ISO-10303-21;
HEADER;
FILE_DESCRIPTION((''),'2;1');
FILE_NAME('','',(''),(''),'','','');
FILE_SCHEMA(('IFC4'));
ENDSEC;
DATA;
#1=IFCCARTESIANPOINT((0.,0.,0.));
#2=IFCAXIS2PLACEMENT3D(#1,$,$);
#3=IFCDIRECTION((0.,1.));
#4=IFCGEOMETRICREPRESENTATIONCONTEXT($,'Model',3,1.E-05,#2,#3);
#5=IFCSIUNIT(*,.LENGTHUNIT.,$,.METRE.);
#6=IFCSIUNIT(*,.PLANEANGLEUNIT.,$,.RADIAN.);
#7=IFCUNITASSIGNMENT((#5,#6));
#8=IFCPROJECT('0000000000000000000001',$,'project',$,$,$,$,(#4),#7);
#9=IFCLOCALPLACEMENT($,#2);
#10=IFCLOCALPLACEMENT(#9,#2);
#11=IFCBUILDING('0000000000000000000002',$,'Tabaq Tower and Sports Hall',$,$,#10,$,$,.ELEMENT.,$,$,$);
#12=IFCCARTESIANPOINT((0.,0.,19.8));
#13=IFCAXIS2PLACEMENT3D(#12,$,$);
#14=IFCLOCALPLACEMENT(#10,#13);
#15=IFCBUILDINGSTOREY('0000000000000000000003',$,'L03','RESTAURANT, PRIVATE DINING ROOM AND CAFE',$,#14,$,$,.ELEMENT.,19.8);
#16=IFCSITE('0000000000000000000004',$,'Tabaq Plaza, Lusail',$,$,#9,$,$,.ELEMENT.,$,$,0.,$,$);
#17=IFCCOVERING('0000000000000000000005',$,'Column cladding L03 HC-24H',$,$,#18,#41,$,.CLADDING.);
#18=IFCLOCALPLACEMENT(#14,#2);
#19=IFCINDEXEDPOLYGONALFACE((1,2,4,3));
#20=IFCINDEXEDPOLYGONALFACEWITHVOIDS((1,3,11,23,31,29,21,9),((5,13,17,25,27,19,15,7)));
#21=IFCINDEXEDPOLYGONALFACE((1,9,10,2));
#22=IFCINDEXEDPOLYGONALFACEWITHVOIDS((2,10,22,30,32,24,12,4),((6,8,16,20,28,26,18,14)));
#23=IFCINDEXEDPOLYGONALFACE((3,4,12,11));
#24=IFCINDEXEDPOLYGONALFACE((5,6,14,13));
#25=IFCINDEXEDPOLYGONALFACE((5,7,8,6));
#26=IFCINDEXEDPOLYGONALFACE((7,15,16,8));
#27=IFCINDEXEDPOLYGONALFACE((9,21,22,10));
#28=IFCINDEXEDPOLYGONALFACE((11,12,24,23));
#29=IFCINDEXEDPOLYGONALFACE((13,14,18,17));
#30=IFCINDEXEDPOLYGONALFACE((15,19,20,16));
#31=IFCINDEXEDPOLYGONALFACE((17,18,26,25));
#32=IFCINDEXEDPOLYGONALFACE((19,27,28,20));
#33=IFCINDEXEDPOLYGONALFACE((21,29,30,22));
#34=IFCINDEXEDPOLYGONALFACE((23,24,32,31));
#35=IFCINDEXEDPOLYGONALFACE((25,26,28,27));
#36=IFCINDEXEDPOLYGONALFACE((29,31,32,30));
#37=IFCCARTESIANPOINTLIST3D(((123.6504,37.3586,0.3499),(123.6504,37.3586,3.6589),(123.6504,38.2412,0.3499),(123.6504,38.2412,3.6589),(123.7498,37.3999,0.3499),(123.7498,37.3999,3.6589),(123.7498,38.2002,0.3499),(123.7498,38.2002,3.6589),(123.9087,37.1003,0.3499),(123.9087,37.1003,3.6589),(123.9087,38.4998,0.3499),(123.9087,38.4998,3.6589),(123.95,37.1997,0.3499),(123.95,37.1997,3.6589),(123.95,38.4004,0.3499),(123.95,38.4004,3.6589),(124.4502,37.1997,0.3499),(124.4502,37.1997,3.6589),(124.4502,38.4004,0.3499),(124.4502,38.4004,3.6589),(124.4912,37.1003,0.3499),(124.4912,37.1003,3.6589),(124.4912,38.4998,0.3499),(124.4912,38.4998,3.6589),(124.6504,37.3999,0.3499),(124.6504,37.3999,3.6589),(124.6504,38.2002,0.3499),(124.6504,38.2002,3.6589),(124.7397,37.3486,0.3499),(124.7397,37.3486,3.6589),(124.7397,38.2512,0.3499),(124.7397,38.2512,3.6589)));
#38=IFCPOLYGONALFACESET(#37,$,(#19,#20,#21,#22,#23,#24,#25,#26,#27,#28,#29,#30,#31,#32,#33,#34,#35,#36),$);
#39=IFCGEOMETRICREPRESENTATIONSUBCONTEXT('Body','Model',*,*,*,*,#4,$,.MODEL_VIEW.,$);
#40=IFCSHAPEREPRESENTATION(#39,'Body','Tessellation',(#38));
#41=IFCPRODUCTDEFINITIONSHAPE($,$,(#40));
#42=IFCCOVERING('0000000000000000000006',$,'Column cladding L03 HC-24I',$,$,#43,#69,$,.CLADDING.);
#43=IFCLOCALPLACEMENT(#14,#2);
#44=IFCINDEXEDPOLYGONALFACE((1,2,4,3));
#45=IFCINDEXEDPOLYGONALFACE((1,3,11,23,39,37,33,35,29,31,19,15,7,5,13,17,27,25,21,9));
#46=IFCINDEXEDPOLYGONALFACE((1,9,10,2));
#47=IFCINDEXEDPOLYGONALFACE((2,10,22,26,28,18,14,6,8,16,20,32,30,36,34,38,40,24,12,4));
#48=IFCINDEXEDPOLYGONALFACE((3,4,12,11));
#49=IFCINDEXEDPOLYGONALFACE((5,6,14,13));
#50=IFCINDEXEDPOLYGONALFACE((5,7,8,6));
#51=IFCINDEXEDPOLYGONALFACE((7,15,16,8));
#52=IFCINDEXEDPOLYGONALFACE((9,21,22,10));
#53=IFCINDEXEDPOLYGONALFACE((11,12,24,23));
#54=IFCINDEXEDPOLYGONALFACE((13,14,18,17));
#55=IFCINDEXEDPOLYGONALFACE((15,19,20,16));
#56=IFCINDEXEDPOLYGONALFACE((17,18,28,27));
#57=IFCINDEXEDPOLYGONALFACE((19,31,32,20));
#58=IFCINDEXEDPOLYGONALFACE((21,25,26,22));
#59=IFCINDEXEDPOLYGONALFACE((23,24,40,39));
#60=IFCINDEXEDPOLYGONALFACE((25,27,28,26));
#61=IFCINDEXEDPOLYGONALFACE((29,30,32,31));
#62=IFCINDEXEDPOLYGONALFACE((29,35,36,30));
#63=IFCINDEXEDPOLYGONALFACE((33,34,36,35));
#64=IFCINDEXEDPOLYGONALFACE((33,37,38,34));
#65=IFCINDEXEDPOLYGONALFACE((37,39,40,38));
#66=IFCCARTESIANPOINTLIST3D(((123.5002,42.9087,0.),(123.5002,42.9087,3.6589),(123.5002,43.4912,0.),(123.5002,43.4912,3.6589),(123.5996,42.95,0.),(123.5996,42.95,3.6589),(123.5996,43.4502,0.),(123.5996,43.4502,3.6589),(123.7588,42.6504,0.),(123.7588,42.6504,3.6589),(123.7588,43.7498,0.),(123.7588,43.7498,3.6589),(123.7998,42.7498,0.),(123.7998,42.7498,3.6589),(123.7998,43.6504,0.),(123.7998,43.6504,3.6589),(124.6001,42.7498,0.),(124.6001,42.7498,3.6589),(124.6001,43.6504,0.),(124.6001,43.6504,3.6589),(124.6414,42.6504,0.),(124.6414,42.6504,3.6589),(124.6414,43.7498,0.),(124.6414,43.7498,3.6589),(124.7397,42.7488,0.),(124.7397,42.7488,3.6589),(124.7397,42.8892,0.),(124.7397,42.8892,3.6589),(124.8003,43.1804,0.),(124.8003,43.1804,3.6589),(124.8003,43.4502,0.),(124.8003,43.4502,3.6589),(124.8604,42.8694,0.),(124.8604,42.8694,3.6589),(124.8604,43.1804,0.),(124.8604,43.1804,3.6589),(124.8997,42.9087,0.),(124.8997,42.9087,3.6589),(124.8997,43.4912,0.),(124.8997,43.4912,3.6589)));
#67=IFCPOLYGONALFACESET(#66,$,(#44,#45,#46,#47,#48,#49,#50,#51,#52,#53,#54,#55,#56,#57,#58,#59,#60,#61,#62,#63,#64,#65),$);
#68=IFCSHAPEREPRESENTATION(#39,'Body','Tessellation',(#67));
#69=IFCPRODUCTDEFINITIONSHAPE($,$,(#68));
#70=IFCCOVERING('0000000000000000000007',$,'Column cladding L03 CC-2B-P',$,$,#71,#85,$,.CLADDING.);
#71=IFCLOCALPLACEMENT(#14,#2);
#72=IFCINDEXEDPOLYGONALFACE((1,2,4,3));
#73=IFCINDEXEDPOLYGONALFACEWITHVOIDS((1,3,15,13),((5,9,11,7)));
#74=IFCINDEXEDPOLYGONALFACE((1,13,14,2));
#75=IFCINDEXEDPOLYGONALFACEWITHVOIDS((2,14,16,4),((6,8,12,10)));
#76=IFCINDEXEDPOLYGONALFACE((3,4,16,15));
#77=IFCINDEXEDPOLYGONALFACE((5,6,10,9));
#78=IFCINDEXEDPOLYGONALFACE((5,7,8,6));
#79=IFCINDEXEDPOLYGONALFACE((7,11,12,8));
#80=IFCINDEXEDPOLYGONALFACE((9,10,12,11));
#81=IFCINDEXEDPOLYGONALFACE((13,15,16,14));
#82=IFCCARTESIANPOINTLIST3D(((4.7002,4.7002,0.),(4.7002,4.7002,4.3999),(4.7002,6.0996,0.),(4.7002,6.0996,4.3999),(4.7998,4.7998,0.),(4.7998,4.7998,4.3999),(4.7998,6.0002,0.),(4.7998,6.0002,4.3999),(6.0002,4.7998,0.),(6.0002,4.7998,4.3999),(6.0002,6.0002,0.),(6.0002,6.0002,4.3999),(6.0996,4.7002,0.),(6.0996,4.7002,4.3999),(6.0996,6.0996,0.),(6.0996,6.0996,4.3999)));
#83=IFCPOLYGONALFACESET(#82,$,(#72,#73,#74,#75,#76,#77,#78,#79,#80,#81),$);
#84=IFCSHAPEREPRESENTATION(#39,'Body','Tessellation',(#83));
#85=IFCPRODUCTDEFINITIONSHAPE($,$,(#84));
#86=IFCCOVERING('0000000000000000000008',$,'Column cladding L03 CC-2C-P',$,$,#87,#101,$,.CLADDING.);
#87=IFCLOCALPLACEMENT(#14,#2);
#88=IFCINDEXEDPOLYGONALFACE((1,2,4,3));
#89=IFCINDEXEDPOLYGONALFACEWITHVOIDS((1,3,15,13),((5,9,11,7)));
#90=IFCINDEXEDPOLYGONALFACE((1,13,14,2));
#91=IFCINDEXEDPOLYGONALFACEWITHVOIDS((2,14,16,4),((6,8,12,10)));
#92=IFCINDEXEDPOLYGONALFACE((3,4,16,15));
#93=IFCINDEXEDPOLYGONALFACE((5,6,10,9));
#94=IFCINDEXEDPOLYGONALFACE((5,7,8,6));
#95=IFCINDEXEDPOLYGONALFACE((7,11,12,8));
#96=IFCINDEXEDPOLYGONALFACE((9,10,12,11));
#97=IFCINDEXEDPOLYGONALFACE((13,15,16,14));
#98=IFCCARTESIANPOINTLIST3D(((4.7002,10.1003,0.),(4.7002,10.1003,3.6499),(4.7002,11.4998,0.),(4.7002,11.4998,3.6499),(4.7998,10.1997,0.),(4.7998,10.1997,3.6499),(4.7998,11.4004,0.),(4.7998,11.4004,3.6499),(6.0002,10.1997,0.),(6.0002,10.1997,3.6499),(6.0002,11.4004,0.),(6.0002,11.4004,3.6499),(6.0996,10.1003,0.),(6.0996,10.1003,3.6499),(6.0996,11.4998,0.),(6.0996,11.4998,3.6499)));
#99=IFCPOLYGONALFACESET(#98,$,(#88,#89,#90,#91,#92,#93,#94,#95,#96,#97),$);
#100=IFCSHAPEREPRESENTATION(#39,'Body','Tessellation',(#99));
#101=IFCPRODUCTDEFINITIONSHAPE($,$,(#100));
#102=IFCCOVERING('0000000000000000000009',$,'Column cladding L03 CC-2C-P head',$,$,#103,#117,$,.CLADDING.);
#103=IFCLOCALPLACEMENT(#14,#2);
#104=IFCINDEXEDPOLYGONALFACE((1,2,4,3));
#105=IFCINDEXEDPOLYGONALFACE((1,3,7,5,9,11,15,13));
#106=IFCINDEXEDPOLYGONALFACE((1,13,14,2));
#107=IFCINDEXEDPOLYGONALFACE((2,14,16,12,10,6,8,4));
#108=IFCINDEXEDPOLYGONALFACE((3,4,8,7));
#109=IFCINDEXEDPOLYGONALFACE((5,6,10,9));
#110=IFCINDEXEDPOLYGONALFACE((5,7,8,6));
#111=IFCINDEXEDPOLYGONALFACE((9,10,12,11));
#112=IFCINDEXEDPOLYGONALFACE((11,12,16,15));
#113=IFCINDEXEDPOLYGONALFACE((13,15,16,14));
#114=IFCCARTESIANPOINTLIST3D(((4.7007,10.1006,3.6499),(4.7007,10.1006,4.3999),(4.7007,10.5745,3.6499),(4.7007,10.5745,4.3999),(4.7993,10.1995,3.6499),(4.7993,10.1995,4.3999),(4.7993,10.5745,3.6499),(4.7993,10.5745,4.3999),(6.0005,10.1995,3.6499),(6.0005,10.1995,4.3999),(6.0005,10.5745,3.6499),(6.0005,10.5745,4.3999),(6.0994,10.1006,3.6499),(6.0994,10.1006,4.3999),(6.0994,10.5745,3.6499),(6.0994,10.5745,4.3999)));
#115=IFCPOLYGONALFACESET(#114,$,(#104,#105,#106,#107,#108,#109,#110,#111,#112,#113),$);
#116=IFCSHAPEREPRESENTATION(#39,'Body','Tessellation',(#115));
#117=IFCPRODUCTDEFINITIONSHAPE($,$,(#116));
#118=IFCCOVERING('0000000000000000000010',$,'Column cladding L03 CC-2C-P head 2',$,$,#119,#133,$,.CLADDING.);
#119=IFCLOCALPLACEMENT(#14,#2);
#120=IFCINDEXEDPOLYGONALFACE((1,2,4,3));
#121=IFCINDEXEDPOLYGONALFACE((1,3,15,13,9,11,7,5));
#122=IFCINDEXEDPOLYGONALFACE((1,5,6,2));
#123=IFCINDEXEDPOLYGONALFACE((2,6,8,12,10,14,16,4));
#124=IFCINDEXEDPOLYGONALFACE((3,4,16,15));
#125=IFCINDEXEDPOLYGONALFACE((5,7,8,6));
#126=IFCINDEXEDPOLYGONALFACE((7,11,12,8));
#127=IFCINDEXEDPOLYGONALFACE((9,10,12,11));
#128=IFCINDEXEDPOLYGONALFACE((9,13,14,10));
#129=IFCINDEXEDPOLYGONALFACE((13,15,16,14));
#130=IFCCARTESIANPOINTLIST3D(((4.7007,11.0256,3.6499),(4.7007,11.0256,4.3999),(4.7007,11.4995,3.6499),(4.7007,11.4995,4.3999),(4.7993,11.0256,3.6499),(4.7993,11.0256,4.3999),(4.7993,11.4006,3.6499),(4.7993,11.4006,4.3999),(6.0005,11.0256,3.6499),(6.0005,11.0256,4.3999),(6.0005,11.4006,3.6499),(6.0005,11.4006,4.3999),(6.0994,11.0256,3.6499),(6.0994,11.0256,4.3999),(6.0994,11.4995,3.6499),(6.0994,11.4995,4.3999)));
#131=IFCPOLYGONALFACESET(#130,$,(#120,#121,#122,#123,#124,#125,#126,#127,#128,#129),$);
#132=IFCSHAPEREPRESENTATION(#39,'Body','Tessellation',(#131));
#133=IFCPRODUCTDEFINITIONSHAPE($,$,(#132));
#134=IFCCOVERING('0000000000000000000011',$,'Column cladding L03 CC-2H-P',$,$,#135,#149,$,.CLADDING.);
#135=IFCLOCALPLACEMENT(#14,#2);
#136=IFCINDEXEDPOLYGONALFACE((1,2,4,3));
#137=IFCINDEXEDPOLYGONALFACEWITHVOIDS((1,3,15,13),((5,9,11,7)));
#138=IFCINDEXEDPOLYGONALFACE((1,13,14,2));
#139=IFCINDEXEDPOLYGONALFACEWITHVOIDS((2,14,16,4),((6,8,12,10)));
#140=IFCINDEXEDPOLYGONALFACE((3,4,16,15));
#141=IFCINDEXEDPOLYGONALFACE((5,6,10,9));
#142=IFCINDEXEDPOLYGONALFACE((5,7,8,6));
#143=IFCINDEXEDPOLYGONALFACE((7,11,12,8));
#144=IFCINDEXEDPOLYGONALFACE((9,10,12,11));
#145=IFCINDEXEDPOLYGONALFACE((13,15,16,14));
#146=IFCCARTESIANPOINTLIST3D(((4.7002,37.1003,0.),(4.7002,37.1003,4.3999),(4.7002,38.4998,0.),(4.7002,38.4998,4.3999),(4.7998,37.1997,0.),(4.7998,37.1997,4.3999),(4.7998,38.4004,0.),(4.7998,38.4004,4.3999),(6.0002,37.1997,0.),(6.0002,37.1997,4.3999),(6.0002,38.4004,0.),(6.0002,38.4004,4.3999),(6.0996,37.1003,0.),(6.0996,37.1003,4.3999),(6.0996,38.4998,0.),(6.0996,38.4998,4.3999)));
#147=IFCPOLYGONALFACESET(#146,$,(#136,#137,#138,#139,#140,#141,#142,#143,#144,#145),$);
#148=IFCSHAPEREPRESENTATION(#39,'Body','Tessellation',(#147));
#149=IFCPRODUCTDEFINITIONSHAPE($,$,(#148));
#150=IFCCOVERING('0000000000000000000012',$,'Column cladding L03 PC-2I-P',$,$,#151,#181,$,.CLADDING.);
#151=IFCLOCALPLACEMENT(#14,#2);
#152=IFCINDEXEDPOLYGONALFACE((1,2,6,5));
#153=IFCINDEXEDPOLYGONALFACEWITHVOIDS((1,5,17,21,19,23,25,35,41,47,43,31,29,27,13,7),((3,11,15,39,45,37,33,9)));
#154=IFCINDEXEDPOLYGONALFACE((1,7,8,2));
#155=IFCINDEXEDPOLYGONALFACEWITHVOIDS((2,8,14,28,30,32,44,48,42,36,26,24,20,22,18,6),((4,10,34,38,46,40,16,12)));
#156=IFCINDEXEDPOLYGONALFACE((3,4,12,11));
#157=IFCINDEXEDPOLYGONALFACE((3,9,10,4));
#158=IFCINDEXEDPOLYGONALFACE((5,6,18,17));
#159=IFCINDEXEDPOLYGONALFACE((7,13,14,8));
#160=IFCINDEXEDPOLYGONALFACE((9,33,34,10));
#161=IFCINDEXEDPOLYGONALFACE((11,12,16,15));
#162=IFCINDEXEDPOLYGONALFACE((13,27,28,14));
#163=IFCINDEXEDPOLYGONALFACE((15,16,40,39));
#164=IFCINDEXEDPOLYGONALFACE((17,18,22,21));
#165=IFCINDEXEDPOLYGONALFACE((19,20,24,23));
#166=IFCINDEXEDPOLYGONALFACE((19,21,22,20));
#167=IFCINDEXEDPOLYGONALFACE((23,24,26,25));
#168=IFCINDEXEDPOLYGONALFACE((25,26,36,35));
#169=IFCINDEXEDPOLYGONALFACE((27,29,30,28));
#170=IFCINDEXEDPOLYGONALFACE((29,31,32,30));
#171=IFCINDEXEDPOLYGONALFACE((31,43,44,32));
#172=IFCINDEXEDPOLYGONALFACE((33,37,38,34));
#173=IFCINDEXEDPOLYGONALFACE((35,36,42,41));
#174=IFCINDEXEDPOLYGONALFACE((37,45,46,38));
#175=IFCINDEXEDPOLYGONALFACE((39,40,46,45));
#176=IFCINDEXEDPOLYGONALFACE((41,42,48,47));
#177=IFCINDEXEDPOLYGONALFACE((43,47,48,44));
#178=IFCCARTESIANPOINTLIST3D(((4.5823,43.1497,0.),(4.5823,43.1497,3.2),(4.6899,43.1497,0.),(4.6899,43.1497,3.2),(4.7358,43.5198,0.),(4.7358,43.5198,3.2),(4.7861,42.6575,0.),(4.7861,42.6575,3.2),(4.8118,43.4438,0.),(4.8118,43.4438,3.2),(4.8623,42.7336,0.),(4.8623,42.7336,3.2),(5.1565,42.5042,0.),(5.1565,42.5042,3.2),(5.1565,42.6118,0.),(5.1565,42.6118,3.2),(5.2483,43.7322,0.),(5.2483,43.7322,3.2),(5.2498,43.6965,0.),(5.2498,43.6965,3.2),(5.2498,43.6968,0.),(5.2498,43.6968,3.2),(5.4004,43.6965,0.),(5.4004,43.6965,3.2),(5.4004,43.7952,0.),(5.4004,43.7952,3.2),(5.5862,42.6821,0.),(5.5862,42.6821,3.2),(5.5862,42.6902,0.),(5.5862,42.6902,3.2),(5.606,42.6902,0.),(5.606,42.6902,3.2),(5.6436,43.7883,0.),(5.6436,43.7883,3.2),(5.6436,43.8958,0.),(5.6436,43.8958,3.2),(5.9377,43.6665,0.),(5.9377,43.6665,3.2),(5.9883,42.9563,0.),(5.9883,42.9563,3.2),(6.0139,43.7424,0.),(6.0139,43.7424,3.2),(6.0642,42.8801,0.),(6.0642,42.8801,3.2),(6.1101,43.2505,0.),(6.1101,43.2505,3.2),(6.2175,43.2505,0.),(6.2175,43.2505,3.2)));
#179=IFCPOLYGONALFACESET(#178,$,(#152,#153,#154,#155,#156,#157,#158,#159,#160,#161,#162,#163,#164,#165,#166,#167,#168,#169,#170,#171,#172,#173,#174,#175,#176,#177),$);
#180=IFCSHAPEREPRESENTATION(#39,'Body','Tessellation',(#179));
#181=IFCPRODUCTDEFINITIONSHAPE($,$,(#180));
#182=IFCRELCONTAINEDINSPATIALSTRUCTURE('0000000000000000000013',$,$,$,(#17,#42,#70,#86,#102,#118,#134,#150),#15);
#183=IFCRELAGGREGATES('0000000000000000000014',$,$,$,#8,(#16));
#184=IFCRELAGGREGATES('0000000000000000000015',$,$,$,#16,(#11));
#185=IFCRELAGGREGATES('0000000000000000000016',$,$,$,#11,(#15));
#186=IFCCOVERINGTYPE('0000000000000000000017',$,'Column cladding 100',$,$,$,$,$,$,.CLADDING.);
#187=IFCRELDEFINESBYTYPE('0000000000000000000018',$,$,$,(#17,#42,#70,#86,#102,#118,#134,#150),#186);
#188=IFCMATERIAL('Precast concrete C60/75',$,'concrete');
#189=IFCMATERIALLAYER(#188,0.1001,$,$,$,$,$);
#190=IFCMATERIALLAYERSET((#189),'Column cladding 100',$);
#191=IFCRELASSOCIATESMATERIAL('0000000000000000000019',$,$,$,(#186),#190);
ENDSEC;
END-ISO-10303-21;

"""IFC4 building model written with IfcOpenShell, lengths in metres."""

from ifc_helpers import new_model, si_unit, direction, frame, origin, place, context, subcontext, project, spatial, polyline, outline, extrude, material, layer, layer_set, type_object, element, save


model = new_model("IFC4")

# Units and contexts
model_context = context("Model", 3, precision=1e-05, world=origin(), true_north=direction((0.0, 1.0)))
body_context = subcontext(model_context, "Body", "Model", "MODEL_VIEW")
ifc_project = project(units=[si_unit("LENGTHUNIT", "METRE"), si_unit("PLANEANGLEUNIT", "RADIAN")], contexts=[model_context])

# Site, building, storey
site_placement = place(None, origin())
site = spatial("IfcSite", under=ifc_project, at=site_placement, Name="Tabaq Plaza, Lusail", CompositionType="ELEMENT", RefElevation=0.0)
building_placement = place(site_placement, origin())
building = spatial("IfcBuilding", under=site, at=building_placement, Name="Tabaq Tower and Sports Hall", CompositionType="ELEMENT")
storey_placement = place(building_placement, frame((0.0, 0.0, 19.8)))
storey = spatial("IfcBuildingStorey", under=building, at=storey_placement, Name="L03", Description="RESTAURANT, PRIVATE DINING ROOM AND CAFE", CompositionType="ELEMENT", Elevation=19.8)

# Coverings
ifc_material = material(Name="Precast concrete C60/75", Category="concrete")
ifc_layer = layer(ifc_material, 0.1001)
ifc_layer_set = layer_set([ifc_layer], Name="Column cladding 100")
covering_type = type_object("IfcCoveringType", Name="Column cladding 100", PredefinedType="CLADDING", material=ifc_layer_set)
covering_1_placement = place(storey_placement, frame((0.0, 0.0, 0.3499)))
element("IfcCovering", 1, at=covering_1_placement, inside=storey, type_object=covering_type, Name="Column cladding L03 HC-24H", PredefinedType="CLADDING", context=body_context, shape_type="SweptSolid", body=[
    extrude(outline(polyline([(123.9087, 37.1003), (123.6504, 37.3586), (123.6504, 38.2412), (123.9087, 38.4998), (124.4912, 38.4998), (124.7397, 38.2512), (124.7397, 37.3486), (124.4912, 37.1003), (123.9087, 37.1003)]), holes=[polyline([(124.4502, 38.4004), (123.95, 38.4004), (123.7498, 38.2002), (123.7498, 37.3999), (123.95, 37.1997), (124.4502, 37.1997), (124.6504, 37.3999), (124.6504, 38.2002), (124.4502, 38.4004)])]), origin(), (0.0, 0.0, 1.0), 3.3091),
])
covering_2_placement = place(storey_placement, origin())
element("IfcCovering", 2, at=covering_2_placement, inside=storey, type_object=covering_type, Name="Column cladding L03 HC-24I", PredefinedType="CLADDING", context=body_context, shape_type="SweptSolid", body=[
    extrude(outline(polyline([(123.5002, 43.4912), (123.7588, 43.7498), (124.6414, 43.7498), (124.8997, 43.4912), (124.8997, 42.9087), (124.8604, 42.8694), (124.8604, 43.1804), (124.8003, 43.1804), (124.8003, 43.4502), (124.6001, 43.6504), (123.7998, 43.6504), (123.5996, 43.4502), (123.5996, 42.95), (123.7998, 42.7498), (124.6001, 42.7498), (124.7397, 42.8892), (124.7397, 42.7488), (124.6414, 42.6504), (123.7588, 42.6504), (123.5002, 42.9087), (123.5002, 43.4912)])), origin(), (0.0, 0.0, 1.0), 3.6589),
])
covering_3_placement = place(storey_placement, origin())
element("IfcCovering", 3, at=covering_3_placement, inside=storey, type_object=covering_type, Name="Column cladding L03 CC-2B-P", PredefinedType="CLADDING", context=body_context, shape_type="SweptSolid", body=[
    extrude(outline(polyline([(4.7002, 6.0996), (6.0996, 6.0996), (6.0996, 4.7002), (4.7002, 4.7002), (4.7002, 6.0996)]), holes=[polyline([(6.0002, 4.7998), (6.0002, 6.0002), (4.7998, 6.0002), (4.7998, 4.7998), (6.0002, 4.7998)])]), origin(), (0.0, 0.0, 1.0), 4.3999),
])
covering_4_placement = place(storey_placement, origin())
element("IfcCovering", 4, at=covering_4_placement, inside=storey, type_object=covering_type, Name="Column cladding L03 CC-2C-P", PredefinedType="CLADDING", context=body_context, shape_type="SweptSolid", body=[
    extrude(outline(polyline([(4.7002, 11.4998), (6.0996, 11.4998), (6.0996, 10.1003), (4.7002, 10.1003), (4.7002, 11.4998)]), holes=[polyline([(6.0002, 10.1997), (6.0002, 11.4004), (4.7998, 11.4004), (4.7998, 10.1997), (6.0002, 10.1997)])]), origin(), (0.0, 0.0, 1.0), 3.6499),
])
covering_5_placement = place(storey_placement, frame((0.0, 0.0, 3.6499)))
element("IfcCovering", 5, at=covering_5_placement, inside=storey, type_object=covering_type, Name="Column cladding L03 CC-2C-P head", PredefinedType="CLADDING", context=body_context, shape_type="SweptSolid", body=[
    extrude(outline(polyline([(4.7993, 10.5745), (4.7993, 10.1995), (6.0005, 10.1995), (6.0005, 10.5745), (6.0994, 10.5745), (6.0994, 10.1006), (4.7007, 10.1006), (4.7007, 10.5745), (4.7993, 10.5745)])), origin(), (0.0, 0.0, 1.0), 0.75),
])
covering_6_placement = place(storey_placement, frame((0.0, 0.0, 3.6499)))
element("IfcCovering", 6, at=covering_6_placement, inside=storey, type_object=covering_type, Name="Column cladding L03 CC-2C-P head 2", PredefinedType="CLADDING", context=body_context, shape_type="SweptSolid", body=[
    extrude(outline(polyline([(4.7993, 11.0256), (4.7007, 11.0256), (4.7007, 11.4995), (6.0994, 11.4995), (6.0994, 11.0256), (6.0005, 11.0256), (6.0005, 11.4006), (4.7993, 11.4006), (4.7993, 11.0256)])), origin(), (0.0, 0.0, 1.0), 0.75),
])
covering_7_placement = place(storey_placement, origin())
element("IfcCovering", 7, at=covering_7_placement, inside=storey, type_object=covering_type, Name="Column cladding L03 CC-2H-P", PredefinedType="CLADDING", context=body_context, shape_type="SweptSolid", body=[
    extrude(outline(polyline([(4.7002, 38.4998), (6.0996, 38.4998), (6.0996, 37.1003), (4.7002, 37.1003), (4.7002, 38.4998)]), holes=[polyline([(6.0002, 37.1997), (6.0002, 38.4004), (4.7998, 38.4004), (4.7998, 37.1997), (6.0002, 37.1997)])]), origin(), (0.0, 0.0, 1.0), 4.3999),
])
covering_8_placement = place(storey_placement, origin())
element("IfcCovering", 8, at=covering_8_placement, inside=storey, type_object=covering_type, Name="Column cladding L03 PC-2I-P", PredefinedType="CLADDING", context=body_context, shape_type="SweptSolid", body=[
    extrude(outline(polyline([(4.5823, 43.1497), (4.7358, 43.5198), (5.2483, 43.7322), (5.2498, 43.6968), (5.2498, 43.6965), (5.4004, 43.6965), (5.4004, 43.7952), (5.6436, 43.8958), (6.0139, 43.7424), (6.2175, 43.2505), (6.0642, 42.8801), (5.606, 42.6902), (5.5862, 42.6902), (5.5862, 42.6821), (5.1565, 42.5042), (4.7861, 42.6575), (4.5823, 43.1497)]), holes=[polyline([(6.1101, 43.2505), (5.9377, 43.6665), (5.6436, 43.7883), (4.8118, 43.4438), (4.6899, 43.1497), (4.8623, 42.7336), (5.1565, 42.6118), (5.9883, 42.9563), (6.1101, 43.2505)])]), origin(), (0.0, 0.0, 1.0), 3.2),
])

save(model, "model.ifc")
